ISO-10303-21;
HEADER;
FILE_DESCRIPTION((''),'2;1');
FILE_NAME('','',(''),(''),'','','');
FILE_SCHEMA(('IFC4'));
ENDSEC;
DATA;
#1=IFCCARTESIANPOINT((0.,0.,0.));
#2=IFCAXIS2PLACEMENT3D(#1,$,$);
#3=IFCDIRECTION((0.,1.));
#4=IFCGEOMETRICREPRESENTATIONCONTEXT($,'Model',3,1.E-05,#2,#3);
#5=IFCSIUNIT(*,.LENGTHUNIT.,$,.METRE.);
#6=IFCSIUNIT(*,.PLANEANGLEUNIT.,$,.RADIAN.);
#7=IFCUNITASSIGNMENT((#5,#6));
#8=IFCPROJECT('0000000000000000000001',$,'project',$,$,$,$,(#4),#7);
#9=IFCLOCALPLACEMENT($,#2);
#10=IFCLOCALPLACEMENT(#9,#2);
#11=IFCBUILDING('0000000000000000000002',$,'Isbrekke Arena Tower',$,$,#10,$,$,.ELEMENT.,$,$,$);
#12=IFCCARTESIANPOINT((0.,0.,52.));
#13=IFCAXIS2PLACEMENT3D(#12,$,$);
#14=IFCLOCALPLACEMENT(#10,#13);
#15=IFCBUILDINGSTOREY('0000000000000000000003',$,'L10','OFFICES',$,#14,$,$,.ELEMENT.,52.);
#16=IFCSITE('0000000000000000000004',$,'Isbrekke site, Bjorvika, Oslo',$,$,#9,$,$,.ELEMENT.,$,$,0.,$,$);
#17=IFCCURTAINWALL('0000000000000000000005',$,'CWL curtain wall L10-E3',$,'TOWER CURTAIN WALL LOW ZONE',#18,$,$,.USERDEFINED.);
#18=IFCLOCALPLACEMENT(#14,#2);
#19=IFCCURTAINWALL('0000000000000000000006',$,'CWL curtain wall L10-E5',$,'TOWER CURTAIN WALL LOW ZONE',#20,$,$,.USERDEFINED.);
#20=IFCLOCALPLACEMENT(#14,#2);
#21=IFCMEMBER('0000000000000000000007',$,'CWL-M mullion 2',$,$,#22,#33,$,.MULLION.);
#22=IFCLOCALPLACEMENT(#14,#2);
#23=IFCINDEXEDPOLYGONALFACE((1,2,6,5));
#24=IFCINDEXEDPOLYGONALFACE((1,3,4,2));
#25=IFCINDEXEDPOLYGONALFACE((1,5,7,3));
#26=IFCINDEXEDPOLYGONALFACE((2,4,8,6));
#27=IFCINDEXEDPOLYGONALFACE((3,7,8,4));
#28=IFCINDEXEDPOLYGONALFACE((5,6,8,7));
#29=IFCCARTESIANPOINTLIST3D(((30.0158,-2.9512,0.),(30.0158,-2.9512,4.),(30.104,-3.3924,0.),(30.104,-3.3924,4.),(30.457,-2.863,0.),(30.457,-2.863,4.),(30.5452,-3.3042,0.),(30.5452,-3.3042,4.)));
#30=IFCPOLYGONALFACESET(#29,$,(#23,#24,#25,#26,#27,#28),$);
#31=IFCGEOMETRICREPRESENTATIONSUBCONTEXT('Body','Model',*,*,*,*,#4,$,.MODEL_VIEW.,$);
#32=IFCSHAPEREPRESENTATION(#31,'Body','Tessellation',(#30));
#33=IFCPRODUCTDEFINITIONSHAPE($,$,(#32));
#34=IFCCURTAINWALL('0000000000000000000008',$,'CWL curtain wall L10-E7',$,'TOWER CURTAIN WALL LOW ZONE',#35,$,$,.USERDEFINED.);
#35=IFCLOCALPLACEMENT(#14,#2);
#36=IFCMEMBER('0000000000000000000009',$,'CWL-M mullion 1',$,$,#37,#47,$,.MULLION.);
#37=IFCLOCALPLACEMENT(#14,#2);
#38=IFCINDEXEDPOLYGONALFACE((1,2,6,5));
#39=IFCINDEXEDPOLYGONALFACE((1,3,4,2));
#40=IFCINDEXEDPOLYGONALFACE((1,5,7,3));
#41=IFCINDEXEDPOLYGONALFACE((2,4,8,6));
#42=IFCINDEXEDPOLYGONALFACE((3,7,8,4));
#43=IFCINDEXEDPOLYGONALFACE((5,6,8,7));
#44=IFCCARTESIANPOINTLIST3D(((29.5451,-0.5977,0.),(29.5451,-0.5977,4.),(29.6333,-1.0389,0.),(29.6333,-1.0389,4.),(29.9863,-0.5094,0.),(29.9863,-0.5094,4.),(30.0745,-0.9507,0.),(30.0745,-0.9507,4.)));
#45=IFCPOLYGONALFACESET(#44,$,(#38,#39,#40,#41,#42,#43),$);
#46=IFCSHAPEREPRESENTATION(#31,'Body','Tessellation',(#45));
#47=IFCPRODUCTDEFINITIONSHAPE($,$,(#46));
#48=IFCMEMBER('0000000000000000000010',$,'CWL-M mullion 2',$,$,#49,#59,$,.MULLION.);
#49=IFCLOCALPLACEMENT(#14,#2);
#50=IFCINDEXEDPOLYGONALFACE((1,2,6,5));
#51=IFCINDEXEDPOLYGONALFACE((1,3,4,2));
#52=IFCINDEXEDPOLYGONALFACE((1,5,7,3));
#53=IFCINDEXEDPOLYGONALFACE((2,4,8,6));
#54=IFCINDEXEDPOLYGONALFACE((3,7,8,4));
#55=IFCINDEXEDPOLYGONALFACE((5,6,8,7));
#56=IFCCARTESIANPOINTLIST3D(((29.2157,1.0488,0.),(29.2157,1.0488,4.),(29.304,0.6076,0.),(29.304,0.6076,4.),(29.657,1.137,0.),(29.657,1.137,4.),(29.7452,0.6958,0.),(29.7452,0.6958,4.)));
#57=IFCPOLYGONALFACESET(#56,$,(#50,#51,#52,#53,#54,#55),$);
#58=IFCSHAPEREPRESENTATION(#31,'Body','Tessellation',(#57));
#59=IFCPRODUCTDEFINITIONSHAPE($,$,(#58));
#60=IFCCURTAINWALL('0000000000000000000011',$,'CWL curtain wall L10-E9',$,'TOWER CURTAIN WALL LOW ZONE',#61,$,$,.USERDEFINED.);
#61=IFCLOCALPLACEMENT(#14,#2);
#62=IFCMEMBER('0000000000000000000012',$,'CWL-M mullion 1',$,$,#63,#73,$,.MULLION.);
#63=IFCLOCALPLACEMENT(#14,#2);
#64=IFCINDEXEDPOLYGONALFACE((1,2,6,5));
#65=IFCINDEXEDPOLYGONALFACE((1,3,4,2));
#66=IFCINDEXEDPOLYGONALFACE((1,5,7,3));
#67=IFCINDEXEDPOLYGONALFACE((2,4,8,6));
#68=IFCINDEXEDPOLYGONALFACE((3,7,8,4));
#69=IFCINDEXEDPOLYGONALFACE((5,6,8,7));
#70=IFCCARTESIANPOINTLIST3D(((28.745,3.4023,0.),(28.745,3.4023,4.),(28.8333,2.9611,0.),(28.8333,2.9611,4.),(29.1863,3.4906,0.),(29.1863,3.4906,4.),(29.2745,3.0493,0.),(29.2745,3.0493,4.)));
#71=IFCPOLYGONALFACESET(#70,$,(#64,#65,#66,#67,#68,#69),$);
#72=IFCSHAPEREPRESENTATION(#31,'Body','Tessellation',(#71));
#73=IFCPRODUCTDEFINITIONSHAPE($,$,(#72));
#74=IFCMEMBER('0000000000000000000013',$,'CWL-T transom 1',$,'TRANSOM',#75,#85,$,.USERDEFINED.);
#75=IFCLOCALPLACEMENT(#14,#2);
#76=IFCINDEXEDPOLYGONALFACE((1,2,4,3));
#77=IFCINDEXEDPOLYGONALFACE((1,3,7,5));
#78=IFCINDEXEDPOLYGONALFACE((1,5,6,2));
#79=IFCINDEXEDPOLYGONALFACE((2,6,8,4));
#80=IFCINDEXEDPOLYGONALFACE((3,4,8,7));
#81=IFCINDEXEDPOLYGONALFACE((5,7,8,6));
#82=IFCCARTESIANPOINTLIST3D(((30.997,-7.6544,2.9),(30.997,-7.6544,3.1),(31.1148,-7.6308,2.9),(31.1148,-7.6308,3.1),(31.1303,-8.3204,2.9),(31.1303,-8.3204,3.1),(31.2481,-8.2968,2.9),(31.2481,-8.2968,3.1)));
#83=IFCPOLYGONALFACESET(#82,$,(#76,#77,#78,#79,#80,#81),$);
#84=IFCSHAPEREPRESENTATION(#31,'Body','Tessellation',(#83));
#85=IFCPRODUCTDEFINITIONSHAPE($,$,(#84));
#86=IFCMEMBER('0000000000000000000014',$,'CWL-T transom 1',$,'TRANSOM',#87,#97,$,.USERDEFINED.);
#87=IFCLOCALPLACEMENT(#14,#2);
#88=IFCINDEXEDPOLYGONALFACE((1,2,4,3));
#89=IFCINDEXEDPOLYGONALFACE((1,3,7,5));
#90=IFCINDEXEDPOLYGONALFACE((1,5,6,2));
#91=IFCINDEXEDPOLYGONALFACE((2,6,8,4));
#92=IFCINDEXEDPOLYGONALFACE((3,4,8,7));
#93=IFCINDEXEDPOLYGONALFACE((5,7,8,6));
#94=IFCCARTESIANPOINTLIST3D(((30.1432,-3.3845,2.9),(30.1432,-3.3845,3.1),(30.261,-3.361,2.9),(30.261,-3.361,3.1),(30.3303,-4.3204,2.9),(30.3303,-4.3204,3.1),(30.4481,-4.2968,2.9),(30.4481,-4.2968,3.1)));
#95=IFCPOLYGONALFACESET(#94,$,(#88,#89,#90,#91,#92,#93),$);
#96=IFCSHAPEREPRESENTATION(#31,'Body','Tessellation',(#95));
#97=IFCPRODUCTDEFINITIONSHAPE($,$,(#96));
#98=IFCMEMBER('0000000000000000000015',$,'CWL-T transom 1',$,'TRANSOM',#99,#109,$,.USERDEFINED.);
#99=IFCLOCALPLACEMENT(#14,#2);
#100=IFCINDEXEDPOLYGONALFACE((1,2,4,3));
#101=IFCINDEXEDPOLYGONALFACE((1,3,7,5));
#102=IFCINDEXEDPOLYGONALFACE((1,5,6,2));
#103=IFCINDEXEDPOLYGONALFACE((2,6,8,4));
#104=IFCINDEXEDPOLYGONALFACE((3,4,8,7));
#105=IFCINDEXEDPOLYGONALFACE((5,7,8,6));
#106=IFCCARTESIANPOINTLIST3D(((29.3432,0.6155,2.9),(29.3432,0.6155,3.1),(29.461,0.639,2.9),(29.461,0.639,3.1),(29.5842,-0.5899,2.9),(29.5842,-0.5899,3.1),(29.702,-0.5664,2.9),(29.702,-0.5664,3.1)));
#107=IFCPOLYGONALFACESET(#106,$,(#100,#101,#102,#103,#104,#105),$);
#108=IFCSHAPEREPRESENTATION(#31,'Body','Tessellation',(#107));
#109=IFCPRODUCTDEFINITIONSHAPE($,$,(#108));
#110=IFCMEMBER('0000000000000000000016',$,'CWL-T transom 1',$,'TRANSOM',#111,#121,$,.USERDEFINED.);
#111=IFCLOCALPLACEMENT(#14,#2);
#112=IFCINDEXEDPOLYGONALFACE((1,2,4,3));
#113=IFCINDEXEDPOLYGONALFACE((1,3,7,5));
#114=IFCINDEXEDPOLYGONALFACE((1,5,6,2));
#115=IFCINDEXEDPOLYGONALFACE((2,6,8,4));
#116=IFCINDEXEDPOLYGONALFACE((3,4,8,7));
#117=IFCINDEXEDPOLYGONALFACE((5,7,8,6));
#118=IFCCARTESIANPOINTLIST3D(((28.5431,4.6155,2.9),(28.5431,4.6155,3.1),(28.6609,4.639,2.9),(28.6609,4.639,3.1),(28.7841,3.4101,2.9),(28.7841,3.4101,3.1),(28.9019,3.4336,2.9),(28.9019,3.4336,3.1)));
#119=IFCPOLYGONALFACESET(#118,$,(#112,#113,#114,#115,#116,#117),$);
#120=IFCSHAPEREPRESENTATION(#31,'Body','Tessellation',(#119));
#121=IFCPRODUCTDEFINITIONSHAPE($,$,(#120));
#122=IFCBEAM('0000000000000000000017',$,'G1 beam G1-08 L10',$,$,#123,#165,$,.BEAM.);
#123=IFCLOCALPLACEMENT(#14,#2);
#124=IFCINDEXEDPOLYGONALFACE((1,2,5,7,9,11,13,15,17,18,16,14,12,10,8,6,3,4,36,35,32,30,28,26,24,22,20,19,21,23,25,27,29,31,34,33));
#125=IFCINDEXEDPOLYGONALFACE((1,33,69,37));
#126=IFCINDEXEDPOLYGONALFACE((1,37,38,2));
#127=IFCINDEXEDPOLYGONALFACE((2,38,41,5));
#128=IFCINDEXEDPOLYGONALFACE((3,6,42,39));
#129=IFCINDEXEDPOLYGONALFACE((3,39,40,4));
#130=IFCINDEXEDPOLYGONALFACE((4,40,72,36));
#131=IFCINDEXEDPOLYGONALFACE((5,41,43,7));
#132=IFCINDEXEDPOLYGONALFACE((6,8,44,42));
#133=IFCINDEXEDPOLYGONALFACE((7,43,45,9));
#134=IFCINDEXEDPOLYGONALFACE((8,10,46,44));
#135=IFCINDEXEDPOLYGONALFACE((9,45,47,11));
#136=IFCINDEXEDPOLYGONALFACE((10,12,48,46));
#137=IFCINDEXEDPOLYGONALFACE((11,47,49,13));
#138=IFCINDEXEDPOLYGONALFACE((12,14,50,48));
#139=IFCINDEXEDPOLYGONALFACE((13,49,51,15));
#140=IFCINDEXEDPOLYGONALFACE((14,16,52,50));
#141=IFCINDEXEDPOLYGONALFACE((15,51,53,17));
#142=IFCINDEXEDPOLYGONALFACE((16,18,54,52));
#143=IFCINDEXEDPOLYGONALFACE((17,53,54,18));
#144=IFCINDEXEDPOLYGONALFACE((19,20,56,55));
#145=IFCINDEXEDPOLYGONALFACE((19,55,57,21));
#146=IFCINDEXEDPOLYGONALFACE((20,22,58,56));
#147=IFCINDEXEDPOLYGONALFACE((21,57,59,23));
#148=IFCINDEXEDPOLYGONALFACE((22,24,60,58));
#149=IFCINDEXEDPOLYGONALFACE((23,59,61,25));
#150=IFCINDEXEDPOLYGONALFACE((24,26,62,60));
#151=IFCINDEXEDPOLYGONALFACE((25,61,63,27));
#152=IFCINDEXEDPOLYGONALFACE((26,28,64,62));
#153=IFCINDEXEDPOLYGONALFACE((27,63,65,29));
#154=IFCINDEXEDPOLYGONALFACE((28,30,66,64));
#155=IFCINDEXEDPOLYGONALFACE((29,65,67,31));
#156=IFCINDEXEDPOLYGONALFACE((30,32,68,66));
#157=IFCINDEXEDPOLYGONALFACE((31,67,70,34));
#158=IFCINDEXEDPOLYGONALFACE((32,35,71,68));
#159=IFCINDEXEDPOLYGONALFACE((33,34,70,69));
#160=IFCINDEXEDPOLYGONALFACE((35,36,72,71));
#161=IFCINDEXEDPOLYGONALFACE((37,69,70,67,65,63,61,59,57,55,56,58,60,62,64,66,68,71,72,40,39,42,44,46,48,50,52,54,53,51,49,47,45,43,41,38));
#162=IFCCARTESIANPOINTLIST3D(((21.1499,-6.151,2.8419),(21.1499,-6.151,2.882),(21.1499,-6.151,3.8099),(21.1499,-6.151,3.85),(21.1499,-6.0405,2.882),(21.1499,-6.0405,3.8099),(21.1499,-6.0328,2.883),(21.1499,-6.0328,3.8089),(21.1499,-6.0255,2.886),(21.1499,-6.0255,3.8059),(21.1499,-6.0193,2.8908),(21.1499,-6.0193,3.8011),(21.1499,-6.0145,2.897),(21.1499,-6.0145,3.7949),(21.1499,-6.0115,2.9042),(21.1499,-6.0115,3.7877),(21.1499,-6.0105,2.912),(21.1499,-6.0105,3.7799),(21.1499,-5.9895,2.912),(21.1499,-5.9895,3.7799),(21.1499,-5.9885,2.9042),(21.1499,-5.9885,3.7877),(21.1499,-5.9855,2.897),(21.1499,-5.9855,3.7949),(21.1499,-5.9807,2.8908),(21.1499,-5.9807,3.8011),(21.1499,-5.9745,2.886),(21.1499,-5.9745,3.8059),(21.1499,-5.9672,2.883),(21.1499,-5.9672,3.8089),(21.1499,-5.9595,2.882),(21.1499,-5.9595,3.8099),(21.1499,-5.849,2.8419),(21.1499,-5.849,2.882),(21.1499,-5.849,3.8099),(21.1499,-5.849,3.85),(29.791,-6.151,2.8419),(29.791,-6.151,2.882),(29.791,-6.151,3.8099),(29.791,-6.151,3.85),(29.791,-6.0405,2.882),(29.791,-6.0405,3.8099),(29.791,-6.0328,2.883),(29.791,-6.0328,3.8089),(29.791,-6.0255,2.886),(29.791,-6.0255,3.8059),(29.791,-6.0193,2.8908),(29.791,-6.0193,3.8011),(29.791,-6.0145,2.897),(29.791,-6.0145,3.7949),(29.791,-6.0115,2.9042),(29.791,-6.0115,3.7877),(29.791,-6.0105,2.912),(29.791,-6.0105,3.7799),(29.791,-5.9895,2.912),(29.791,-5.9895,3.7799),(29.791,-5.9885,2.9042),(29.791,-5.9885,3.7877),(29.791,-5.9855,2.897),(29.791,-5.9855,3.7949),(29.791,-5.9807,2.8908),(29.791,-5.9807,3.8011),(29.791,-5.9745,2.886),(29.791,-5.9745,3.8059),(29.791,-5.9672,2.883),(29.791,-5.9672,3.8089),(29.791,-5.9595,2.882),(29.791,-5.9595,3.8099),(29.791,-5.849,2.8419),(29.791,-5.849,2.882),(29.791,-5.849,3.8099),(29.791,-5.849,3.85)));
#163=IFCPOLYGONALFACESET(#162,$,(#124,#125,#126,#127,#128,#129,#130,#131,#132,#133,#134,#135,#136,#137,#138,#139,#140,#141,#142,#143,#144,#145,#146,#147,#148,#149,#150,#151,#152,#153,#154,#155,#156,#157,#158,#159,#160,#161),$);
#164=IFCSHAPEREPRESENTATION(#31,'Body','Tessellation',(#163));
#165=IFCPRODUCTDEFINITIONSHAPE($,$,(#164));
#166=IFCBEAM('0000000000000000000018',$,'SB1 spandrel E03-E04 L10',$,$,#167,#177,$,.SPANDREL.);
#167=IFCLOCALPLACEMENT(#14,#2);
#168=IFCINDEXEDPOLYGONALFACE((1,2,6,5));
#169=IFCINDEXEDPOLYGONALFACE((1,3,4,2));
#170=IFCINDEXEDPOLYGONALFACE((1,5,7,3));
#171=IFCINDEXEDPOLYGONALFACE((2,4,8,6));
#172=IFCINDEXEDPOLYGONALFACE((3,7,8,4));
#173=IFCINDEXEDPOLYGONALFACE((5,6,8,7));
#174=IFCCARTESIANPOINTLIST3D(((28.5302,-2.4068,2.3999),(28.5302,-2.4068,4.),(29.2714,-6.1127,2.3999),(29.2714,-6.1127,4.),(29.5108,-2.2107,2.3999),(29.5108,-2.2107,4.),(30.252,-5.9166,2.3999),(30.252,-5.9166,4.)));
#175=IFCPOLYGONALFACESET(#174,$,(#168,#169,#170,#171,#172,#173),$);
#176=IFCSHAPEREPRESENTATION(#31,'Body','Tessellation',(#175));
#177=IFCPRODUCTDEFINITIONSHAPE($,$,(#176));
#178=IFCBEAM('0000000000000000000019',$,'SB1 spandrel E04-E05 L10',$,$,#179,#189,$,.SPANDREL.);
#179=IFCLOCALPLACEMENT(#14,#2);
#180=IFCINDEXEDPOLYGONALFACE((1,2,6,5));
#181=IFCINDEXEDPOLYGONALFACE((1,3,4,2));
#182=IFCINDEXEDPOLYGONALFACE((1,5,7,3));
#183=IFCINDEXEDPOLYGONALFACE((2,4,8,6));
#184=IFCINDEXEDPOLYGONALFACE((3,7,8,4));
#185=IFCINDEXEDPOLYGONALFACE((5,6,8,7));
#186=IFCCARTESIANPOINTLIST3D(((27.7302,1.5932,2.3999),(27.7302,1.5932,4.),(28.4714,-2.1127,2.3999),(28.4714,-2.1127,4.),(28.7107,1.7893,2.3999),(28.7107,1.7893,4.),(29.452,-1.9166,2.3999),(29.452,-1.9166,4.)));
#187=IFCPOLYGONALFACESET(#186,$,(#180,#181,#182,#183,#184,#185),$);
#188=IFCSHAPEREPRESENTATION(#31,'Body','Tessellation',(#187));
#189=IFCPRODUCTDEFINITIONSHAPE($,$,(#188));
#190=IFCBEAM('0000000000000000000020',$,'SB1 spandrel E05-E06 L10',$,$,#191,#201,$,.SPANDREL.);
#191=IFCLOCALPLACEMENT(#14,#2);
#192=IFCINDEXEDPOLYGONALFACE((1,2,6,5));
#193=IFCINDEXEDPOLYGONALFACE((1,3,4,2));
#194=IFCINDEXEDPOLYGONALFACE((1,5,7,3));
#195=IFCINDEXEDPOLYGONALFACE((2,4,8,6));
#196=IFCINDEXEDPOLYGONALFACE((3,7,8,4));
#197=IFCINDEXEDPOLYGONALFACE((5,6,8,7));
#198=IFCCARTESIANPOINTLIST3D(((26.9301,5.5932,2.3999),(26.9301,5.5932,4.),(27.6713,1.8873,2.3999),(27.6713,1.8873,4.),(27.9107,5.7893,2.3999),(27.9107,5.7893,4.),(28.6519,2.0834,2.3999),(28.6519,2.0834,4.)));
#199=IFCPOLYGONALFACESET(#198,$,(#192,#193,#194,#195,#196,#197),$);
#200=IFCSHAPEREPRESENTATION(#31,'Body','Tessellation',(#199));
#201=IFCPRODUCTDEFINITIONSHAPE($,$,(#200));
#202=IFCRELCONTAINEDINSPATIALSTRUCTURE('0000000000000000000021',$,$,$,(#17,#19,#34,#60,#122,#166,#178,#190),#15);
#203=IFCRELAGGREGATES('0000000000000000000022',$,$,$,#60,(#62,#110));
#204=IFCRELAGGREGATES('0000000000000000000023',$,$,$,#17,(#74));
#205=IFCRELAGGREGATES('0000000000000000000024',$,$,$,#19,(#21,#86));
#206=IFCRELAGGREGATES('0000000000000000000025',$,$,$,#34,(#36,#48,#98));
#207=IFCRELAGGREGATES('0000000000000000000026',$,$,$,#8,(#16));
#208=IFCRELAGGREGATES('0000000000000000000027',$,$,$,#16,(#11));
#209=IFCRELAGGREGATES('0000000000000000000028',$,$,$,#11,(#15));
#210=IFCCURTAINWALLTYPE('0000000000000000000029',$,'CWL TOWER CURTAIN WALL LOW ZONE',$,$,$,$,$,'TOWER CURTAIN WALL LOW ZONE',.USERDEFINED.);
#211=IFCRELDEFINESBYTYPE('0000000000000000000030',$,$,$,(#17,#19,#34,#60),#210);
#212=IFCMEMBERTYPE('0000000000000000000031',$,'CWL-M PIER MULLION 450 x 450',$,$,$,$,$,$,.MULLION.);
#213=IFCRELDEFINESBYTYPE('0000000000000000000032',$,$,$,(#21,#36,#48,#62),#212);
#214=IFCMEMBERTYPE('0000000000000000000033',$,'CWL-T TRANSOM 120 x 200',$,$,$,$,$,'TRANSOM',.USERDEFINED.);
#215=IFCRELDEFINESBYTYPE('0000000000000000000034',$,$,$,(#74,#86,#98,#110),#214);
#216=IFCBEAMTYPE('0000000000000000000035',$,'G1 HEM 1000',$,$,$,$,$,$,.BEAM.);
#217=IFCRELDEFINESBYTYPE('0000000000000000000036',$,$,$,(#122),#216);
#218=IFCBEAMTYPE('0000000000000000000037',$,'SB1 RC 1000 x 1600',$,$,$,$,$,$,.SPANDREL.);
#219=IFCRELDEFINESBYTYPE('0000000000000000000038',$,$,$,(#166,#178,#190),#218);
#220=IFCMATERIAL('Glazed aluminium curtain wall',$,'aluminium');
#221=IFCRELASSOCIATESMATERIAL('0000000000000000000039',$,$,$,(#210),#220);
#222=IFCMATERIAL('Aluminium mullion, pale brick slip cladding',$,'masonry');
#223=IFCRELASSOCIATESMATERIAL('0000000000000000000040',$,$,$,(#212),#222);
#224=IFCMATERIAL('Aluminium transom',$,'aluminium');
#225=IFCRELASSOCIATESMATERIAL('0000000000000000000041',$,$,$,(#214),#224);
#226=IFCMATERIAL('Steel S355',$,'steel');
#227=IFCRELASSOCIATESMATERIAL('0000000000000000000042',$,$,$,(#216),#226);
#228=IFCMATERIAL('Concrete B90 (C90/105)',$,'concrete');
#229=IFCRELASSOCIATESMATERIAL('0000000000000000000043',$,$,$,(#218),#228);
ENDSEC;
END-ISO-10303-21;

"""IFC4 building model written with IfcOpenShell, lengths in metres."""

from ifc_helpers import new_model, si_unit, direction, frame, origin, origin_2d, place, context, subcontext, project, spatial, rectangle, i_section, extrude, material, material_profile, profile_set, type_object, element, aggregate, save


model = new_model("IFC4")

# Units and contexts
model_context = context("Model", 3, precision=1e-05, world=origin(), true_north=direction((0.0, 1.0)))
body_context = subcontext(model_context, "Body", "Model", "MODEL_VIEW")
ifc_project = project(units=[si_unit("LENGTHUNIT", "METRE"), si_unit("PLANEANGLEUNIT", "RADIAN")], contexts=[model_context])

# Site, building, storey
site_placement = place(None, origin())
site = spatial("IfcSite", under=ifc_project, at=site_placement, Name="Isbrekke site, Bjorvika, Oslo", CompositionType="ELEMENT", RefElevation=0.0)
building_placement = place(site_placement, origin())
building = spatial("IfcBuilding", under=site, at=building_placement, Name="Isbrekke Arena Tower", CompositionType="ELEMENT")
storey_placement = place(building_placement, frame((0.0, 0.0, 52.0)))
storey = spatial("IfcBuildingStorey", under=building, at=storey_placement, Name="L10", Description="OFFICES", CompositionType="ELEMENT", Elevation=52.0)

# Curtain walls, members
ifc_material_1 = material(Name="Glazed aluminium curtain wall", Category="aluminium")
curtain_wall_type = type_object("IfcCurtainWallType", Name="CWL TOWER CURTAIN WALL LOW ZONE", ElementType="TOWER CURTAIN WALL LOW ZONE", PredefinedType="USERDEFINED", material=ifc_material_1)
curtain_wall_1_placement = place(storey_placement, origin())
curtain_wall_1 = element("IfcCurtainWall", 1, at=curtain_wall_1_placement, inside=storey, type_object=curtain_wall_type, Name="CWL curtain wall L10-E3", ObjectType="TOWER CURTAIN WALL LOW ZONE", PredefinedType="USERDEFINED")
ifc_material_2 = material(Name="Aluminium mullion, pale brick slip cladding", Category="masonry")
ifc_material_profile_1 = material_profile(ifc_material_2, rectangle(XDim=0.45, YDim=0.45, at=origin_2d()), Name="PIER 450X450")
ifc_profile_set_1 = profile_set([ifc_material_profile_1], Name="Aluminium mullion, pale brick slip cladding")
member_type_1 = type_object("IfcMemberType", Name="CWL-M PIER MULLION 450 x 450", PredefinedType="MULLION", material=ifc_profile_set_1)
curtain_wall_2_placement = place(storey_placement, origin())
curtain_wall_2 = element("IfcCurtainWall", 2, at=curtain_wall_2_placement, inside=storey, type_object=curtain_wall_type, Name="CWL curtain wall L10-E5", ObjectType="TOWER CURTAIN WALL LOW ZONE", PredefinedType="USERDEFINED")
member_1_placement = place(storey_placement, frame((30.2805, -3.1277, 0.0), z_axis=(0.0, 0.0, 1.0), x_axis=(-0.196116, 0.980581, 0.0)))
member_1 = element("IfcMember", 3, at=member_1_placement, type_object=member_type_1, Name="CWL-M mullion 2", PredefinedType="MULLION", context=body_context, shape_type="SweptSolid", body=[
    extrude(rectangle(XDim=0.45, YDim=0.45, at=origin_2d()), origin(), (0.0, 0.0, 1.0), 4.0),
])
curtain_wall_3_placement = place(storey_placement, origin())
curtain_wall_3 = element("IfcCurtainWall", 4, at=curtain_wall_3_placement, inside=storey, type_object=curtain_wall_type, Name="CWL curtain wall L10-E7", ObjectType="TOWER CURTAIN WALL LOW ZONE", PredefinedType="USERDEFINED")
member_2_placement = place(storey_placement, frame((29.8098, -0.7742, 0.0), z_axis=(0.0, 0.0, 1.0), x_axis=(-0.196116, 0.980581, 0.0)))
member_2 = element("IfcMember", 5, at=member_2_placement, type_object=member_type_1, Name="CWL-M mullion 1", PredefinedType="MULLION", context=body_context, shape_type="SweptSolid", body=[
    extrude(rectangle(XDim=0.45, YDim=0.45, at=origin_2d()), origin(), (0.0, 0.0, 1.0), 4.0),
])
member_3_placement = place(storey_placement, frame((29.4805, 0.8723, 0.0), z_axis=(0.0, 0.0, 1.0), x_axis=(-0.196116, 0.980581, 0.0)))
member_3 = element("IfcMember", 6, at=member_3_placement, type_object=member_type_1, Name="CWL-M mullion 2", PredefinedType="MULLION", context=body_context, shape_type="SweptSolid", body=[
    extrude(rectangle(XDim=0.45, YDim=0.45, at=origin_2d()), origin(), (0.0, 0.0, 1.0), 4.0),
])

# Curtain wall, member
curtain_wall_4_placement = place(storey_placement, origin())
curtain_wall_4 = element("IfcCurtainWall", 7, at=curtain_wall_4_placement, inside=storey, type_object=curtain_wall_type, Name="CWL curtain wall L10-E9", ObjectType="TOWER CURTAIN WALL LOW ZONE", PredefinedType="USERDEFINED")
member_4_placement = place(storey_placement, frame((29.0098, 3.2258, 0.0), z_axis=(0.0, 0.0, 1.0), x_axis=(-0.196116, 0.980581, 0.0)))
member_4 = element("IfcMember", 8, at=member_4_placement, type_object=member_type_1, Name="CWL-M mullion 1", PredefinedType="MULLION", context=body_context, shape_type="SweptSolid", body=[
    extrude(rectangle(XDim=0.45, YDim=0.45, at=origin_2d()), origin(), (0.0, 0.0, 1.0), 4.0),
])

# Members
ifc_material_3 = material(Name="Aluminium transom", Category="aluminium")
ifc_material_profile_2 = material_profile(ifc_material_3, rectangle(XDim=0.1201, YDim=0.2, at=origin_2d()), Name="TRANSOM 120X200")
ifc_profile_set_2 = profile_set([ifc_material_profile_2], Name="Aluminium transom")
member_type_2 = type_object("IfcMemberType", Name="CWL-T TRANSOM 120 x 200", ElementType="TRANSOM", PredefinedType="USERDEFINED", material=ifc_profile_set_2)
member_5_placement = place(storey_placement, frame((31.1892, -8.3086, 3.0), z_axis=(-0.196254, 0.980553, 0.0), x_axis=(-0.980553, -0.196254, 0.0)))
member_5 = element("IfcMember", 9, at=member_5_placement, type_object=member_type_2, Name="CWL-T transom 1", ObjectType="TRANSOM", PredefinedType="USERDEFINED", context=body_context, shape_type="SweptSolid", body=[
    extrude(rectangle(XDim=0.1201, YDim=0.2, at=origin_2d()), origin(), (0.0, 0.0, 1.0), 0.6792),
])
member_6_placement = place(storey_placement, frame((30.3892, -4.3086, 3.0), z_axis=(-0.195969, 0.98061, 0.0), x_axis=(-0.98061, -0.195969, 0.0)))
member_6 = element("IfcMember", 10, at=member_6_placement, type_object=member_type_2, Name="CWL-T transom 1", ObjectType="TRANSOM", PredefinedType="USERDEFINED", context=body_context, shape_type="SweptSolid", body=[
    extrude(rectangle(XDim=0.1201, YDim=0.2, at=origin_2d()), origin(), (0.0, 0.0, 1.0), 0.9543),
])
member_7_placement = place(storey_placement, frame((29.6431, -0.5781, 3.0), z_axis=(-0.19604, 0.980596, 0.0), x_axis=(-0.980596, -0.19604, 0.0)))
member_7 = element("IfcMember", 11, at=member_7_placement, type_object=member_type_2, Name="CWL-T transom 1", ObjectType="TRANSOM", PredefinedType="USERDEFINED", context=body_context, shape_type="SweptSolid", body=[
    extrude(rectangle(XDim=0.1201, YDim=0.2, at=origin_2d()), origin(), (0.0, 0.0, 1.0), 1.2292),
])
member_8_placement = place(storey_placement, frame((28.843, 3.4219, 3.0), z_axis=(-0.19604, 0.980596, 0.0), x_axis=(-0.980596, -0.19604, 0.0)))
member_8 = element("IfcMember", 12, at=member_8_placement, type_object=member_type_2, Name="CWL-T transom 1", ObjectType="TRANSOM", PredefinedType="USERDEFINED", context=body_context, shape_type="SweptSolid", body=[
    extrude(rectangle(XDim=0.1201, YDim=0.2, at=origin_2d()), origin(), (0.0, 0.0, 1.0), 1.2292),
])
aggregate(curtain_wall_4, [member_4, member_8])

# Beams
ifc_material_4 = material(Name="Steel S355", Category="steel")
ifc_material_profile_3 = material_profile(ifc_material_4, i_section(OverallWidth=0.302, OverallDepth=1.0081, WebThickness=0.021, FlangeThickness=0.04, FilletRadius=0.03, at=origin_2d()), Name="HEM 1000")
ifc_profile_set_3 = profile_set([ifc_material_profile_3], Name="Steel S355")
beam_type_1 = type_object("IfcBeamType", Name="G1 HEM 1000", PredefinedType="BEAM", material=ifc_profile_set_3)
beam_1_placement = place(storey_placement, frame((21.1499, -6.0, 3.3459), z_axis=(1.0, 0.0, 0.0), x_axis=(0.0, 1.0, 0.0)))
element("IfcBeam", 13, at=beam_1_placement, inside=storey, type_object=beam_type_1, Name="G1 beam G1-08 L10", PredefinedType="BEAM", context=body_context, shape_type="SweptSolid", body=[
    extrude(i_section(OverallWidth=0.302, OverallDepth=1.0081, WebThickness=0.021, FlangeThickness=0.04, FilletRadius=0.03, at=origin_2d()), origin(), (0.0, 0.0, 1.0), 8.6411),
])
ifc_material_5 = material(Name="Concrete B90 (C90/105)", Category="concrete")
ifc_material_profile_4 = material_profile(ifc_material_5, rectangle(XDim=1.0, YDim=1.6001, at=origin_2d()), Name="RC 1000x1600")
ifc_profile_set_4 = profile_set([ifc_material_profile_4], Name="Concrete B90 (C90/105)")
beam_type_2 = type_object("IfcBeamType", Name="SB1 RC 1000 x 1600", PredefinedType="SPANDREL", material=ifc_profile_set_4)
for number, where, z_axis, x_axis, name in (
    (14, (29.7617, -6.0146, 3.2), (-0.196129, 0.980578, 0.0), (-0.980578, -0.196129, 0.0), "SB1 spandrel E03-E04 L10"),
    (15, (28.9617, -2.0146, 3.2), (-0.196129, 0.980578, 0.0), (-0.980578, -0.196129, 0.0), "SB1 spandrel E04-E05 L10"),
    (16, (28.1616, 1.9854, 3.2), (-0.196129, 0.980578, 0.0), (-0.980578, -0.196129, 0.0), "SB1 spandrel E05-E06 L10"),
):
    element("IfcBeam", number, at=place(storey_placement, frame(where, z_axis=z_axis, x_axis=x_axis)), inside=storey, type_object=beam_type_2, Name=name, PredefinedType="SPANDREL", context=body_context, shape_type="SweptSolid", body=[
        extrude(rectangle(XDim=1.0, YDim=1.6001, at=origin_2d()), origin(), (0.0, 0.0, 1.0), 3.7793),
    ])

aggregate(curtain_wall_1, [member_5])
aggregate(curtain_wall_2, [member_1, member_6])
aggregate(curtain_wall_3, [member_2, member_3, member_7])

save(model, "model.ifc")
